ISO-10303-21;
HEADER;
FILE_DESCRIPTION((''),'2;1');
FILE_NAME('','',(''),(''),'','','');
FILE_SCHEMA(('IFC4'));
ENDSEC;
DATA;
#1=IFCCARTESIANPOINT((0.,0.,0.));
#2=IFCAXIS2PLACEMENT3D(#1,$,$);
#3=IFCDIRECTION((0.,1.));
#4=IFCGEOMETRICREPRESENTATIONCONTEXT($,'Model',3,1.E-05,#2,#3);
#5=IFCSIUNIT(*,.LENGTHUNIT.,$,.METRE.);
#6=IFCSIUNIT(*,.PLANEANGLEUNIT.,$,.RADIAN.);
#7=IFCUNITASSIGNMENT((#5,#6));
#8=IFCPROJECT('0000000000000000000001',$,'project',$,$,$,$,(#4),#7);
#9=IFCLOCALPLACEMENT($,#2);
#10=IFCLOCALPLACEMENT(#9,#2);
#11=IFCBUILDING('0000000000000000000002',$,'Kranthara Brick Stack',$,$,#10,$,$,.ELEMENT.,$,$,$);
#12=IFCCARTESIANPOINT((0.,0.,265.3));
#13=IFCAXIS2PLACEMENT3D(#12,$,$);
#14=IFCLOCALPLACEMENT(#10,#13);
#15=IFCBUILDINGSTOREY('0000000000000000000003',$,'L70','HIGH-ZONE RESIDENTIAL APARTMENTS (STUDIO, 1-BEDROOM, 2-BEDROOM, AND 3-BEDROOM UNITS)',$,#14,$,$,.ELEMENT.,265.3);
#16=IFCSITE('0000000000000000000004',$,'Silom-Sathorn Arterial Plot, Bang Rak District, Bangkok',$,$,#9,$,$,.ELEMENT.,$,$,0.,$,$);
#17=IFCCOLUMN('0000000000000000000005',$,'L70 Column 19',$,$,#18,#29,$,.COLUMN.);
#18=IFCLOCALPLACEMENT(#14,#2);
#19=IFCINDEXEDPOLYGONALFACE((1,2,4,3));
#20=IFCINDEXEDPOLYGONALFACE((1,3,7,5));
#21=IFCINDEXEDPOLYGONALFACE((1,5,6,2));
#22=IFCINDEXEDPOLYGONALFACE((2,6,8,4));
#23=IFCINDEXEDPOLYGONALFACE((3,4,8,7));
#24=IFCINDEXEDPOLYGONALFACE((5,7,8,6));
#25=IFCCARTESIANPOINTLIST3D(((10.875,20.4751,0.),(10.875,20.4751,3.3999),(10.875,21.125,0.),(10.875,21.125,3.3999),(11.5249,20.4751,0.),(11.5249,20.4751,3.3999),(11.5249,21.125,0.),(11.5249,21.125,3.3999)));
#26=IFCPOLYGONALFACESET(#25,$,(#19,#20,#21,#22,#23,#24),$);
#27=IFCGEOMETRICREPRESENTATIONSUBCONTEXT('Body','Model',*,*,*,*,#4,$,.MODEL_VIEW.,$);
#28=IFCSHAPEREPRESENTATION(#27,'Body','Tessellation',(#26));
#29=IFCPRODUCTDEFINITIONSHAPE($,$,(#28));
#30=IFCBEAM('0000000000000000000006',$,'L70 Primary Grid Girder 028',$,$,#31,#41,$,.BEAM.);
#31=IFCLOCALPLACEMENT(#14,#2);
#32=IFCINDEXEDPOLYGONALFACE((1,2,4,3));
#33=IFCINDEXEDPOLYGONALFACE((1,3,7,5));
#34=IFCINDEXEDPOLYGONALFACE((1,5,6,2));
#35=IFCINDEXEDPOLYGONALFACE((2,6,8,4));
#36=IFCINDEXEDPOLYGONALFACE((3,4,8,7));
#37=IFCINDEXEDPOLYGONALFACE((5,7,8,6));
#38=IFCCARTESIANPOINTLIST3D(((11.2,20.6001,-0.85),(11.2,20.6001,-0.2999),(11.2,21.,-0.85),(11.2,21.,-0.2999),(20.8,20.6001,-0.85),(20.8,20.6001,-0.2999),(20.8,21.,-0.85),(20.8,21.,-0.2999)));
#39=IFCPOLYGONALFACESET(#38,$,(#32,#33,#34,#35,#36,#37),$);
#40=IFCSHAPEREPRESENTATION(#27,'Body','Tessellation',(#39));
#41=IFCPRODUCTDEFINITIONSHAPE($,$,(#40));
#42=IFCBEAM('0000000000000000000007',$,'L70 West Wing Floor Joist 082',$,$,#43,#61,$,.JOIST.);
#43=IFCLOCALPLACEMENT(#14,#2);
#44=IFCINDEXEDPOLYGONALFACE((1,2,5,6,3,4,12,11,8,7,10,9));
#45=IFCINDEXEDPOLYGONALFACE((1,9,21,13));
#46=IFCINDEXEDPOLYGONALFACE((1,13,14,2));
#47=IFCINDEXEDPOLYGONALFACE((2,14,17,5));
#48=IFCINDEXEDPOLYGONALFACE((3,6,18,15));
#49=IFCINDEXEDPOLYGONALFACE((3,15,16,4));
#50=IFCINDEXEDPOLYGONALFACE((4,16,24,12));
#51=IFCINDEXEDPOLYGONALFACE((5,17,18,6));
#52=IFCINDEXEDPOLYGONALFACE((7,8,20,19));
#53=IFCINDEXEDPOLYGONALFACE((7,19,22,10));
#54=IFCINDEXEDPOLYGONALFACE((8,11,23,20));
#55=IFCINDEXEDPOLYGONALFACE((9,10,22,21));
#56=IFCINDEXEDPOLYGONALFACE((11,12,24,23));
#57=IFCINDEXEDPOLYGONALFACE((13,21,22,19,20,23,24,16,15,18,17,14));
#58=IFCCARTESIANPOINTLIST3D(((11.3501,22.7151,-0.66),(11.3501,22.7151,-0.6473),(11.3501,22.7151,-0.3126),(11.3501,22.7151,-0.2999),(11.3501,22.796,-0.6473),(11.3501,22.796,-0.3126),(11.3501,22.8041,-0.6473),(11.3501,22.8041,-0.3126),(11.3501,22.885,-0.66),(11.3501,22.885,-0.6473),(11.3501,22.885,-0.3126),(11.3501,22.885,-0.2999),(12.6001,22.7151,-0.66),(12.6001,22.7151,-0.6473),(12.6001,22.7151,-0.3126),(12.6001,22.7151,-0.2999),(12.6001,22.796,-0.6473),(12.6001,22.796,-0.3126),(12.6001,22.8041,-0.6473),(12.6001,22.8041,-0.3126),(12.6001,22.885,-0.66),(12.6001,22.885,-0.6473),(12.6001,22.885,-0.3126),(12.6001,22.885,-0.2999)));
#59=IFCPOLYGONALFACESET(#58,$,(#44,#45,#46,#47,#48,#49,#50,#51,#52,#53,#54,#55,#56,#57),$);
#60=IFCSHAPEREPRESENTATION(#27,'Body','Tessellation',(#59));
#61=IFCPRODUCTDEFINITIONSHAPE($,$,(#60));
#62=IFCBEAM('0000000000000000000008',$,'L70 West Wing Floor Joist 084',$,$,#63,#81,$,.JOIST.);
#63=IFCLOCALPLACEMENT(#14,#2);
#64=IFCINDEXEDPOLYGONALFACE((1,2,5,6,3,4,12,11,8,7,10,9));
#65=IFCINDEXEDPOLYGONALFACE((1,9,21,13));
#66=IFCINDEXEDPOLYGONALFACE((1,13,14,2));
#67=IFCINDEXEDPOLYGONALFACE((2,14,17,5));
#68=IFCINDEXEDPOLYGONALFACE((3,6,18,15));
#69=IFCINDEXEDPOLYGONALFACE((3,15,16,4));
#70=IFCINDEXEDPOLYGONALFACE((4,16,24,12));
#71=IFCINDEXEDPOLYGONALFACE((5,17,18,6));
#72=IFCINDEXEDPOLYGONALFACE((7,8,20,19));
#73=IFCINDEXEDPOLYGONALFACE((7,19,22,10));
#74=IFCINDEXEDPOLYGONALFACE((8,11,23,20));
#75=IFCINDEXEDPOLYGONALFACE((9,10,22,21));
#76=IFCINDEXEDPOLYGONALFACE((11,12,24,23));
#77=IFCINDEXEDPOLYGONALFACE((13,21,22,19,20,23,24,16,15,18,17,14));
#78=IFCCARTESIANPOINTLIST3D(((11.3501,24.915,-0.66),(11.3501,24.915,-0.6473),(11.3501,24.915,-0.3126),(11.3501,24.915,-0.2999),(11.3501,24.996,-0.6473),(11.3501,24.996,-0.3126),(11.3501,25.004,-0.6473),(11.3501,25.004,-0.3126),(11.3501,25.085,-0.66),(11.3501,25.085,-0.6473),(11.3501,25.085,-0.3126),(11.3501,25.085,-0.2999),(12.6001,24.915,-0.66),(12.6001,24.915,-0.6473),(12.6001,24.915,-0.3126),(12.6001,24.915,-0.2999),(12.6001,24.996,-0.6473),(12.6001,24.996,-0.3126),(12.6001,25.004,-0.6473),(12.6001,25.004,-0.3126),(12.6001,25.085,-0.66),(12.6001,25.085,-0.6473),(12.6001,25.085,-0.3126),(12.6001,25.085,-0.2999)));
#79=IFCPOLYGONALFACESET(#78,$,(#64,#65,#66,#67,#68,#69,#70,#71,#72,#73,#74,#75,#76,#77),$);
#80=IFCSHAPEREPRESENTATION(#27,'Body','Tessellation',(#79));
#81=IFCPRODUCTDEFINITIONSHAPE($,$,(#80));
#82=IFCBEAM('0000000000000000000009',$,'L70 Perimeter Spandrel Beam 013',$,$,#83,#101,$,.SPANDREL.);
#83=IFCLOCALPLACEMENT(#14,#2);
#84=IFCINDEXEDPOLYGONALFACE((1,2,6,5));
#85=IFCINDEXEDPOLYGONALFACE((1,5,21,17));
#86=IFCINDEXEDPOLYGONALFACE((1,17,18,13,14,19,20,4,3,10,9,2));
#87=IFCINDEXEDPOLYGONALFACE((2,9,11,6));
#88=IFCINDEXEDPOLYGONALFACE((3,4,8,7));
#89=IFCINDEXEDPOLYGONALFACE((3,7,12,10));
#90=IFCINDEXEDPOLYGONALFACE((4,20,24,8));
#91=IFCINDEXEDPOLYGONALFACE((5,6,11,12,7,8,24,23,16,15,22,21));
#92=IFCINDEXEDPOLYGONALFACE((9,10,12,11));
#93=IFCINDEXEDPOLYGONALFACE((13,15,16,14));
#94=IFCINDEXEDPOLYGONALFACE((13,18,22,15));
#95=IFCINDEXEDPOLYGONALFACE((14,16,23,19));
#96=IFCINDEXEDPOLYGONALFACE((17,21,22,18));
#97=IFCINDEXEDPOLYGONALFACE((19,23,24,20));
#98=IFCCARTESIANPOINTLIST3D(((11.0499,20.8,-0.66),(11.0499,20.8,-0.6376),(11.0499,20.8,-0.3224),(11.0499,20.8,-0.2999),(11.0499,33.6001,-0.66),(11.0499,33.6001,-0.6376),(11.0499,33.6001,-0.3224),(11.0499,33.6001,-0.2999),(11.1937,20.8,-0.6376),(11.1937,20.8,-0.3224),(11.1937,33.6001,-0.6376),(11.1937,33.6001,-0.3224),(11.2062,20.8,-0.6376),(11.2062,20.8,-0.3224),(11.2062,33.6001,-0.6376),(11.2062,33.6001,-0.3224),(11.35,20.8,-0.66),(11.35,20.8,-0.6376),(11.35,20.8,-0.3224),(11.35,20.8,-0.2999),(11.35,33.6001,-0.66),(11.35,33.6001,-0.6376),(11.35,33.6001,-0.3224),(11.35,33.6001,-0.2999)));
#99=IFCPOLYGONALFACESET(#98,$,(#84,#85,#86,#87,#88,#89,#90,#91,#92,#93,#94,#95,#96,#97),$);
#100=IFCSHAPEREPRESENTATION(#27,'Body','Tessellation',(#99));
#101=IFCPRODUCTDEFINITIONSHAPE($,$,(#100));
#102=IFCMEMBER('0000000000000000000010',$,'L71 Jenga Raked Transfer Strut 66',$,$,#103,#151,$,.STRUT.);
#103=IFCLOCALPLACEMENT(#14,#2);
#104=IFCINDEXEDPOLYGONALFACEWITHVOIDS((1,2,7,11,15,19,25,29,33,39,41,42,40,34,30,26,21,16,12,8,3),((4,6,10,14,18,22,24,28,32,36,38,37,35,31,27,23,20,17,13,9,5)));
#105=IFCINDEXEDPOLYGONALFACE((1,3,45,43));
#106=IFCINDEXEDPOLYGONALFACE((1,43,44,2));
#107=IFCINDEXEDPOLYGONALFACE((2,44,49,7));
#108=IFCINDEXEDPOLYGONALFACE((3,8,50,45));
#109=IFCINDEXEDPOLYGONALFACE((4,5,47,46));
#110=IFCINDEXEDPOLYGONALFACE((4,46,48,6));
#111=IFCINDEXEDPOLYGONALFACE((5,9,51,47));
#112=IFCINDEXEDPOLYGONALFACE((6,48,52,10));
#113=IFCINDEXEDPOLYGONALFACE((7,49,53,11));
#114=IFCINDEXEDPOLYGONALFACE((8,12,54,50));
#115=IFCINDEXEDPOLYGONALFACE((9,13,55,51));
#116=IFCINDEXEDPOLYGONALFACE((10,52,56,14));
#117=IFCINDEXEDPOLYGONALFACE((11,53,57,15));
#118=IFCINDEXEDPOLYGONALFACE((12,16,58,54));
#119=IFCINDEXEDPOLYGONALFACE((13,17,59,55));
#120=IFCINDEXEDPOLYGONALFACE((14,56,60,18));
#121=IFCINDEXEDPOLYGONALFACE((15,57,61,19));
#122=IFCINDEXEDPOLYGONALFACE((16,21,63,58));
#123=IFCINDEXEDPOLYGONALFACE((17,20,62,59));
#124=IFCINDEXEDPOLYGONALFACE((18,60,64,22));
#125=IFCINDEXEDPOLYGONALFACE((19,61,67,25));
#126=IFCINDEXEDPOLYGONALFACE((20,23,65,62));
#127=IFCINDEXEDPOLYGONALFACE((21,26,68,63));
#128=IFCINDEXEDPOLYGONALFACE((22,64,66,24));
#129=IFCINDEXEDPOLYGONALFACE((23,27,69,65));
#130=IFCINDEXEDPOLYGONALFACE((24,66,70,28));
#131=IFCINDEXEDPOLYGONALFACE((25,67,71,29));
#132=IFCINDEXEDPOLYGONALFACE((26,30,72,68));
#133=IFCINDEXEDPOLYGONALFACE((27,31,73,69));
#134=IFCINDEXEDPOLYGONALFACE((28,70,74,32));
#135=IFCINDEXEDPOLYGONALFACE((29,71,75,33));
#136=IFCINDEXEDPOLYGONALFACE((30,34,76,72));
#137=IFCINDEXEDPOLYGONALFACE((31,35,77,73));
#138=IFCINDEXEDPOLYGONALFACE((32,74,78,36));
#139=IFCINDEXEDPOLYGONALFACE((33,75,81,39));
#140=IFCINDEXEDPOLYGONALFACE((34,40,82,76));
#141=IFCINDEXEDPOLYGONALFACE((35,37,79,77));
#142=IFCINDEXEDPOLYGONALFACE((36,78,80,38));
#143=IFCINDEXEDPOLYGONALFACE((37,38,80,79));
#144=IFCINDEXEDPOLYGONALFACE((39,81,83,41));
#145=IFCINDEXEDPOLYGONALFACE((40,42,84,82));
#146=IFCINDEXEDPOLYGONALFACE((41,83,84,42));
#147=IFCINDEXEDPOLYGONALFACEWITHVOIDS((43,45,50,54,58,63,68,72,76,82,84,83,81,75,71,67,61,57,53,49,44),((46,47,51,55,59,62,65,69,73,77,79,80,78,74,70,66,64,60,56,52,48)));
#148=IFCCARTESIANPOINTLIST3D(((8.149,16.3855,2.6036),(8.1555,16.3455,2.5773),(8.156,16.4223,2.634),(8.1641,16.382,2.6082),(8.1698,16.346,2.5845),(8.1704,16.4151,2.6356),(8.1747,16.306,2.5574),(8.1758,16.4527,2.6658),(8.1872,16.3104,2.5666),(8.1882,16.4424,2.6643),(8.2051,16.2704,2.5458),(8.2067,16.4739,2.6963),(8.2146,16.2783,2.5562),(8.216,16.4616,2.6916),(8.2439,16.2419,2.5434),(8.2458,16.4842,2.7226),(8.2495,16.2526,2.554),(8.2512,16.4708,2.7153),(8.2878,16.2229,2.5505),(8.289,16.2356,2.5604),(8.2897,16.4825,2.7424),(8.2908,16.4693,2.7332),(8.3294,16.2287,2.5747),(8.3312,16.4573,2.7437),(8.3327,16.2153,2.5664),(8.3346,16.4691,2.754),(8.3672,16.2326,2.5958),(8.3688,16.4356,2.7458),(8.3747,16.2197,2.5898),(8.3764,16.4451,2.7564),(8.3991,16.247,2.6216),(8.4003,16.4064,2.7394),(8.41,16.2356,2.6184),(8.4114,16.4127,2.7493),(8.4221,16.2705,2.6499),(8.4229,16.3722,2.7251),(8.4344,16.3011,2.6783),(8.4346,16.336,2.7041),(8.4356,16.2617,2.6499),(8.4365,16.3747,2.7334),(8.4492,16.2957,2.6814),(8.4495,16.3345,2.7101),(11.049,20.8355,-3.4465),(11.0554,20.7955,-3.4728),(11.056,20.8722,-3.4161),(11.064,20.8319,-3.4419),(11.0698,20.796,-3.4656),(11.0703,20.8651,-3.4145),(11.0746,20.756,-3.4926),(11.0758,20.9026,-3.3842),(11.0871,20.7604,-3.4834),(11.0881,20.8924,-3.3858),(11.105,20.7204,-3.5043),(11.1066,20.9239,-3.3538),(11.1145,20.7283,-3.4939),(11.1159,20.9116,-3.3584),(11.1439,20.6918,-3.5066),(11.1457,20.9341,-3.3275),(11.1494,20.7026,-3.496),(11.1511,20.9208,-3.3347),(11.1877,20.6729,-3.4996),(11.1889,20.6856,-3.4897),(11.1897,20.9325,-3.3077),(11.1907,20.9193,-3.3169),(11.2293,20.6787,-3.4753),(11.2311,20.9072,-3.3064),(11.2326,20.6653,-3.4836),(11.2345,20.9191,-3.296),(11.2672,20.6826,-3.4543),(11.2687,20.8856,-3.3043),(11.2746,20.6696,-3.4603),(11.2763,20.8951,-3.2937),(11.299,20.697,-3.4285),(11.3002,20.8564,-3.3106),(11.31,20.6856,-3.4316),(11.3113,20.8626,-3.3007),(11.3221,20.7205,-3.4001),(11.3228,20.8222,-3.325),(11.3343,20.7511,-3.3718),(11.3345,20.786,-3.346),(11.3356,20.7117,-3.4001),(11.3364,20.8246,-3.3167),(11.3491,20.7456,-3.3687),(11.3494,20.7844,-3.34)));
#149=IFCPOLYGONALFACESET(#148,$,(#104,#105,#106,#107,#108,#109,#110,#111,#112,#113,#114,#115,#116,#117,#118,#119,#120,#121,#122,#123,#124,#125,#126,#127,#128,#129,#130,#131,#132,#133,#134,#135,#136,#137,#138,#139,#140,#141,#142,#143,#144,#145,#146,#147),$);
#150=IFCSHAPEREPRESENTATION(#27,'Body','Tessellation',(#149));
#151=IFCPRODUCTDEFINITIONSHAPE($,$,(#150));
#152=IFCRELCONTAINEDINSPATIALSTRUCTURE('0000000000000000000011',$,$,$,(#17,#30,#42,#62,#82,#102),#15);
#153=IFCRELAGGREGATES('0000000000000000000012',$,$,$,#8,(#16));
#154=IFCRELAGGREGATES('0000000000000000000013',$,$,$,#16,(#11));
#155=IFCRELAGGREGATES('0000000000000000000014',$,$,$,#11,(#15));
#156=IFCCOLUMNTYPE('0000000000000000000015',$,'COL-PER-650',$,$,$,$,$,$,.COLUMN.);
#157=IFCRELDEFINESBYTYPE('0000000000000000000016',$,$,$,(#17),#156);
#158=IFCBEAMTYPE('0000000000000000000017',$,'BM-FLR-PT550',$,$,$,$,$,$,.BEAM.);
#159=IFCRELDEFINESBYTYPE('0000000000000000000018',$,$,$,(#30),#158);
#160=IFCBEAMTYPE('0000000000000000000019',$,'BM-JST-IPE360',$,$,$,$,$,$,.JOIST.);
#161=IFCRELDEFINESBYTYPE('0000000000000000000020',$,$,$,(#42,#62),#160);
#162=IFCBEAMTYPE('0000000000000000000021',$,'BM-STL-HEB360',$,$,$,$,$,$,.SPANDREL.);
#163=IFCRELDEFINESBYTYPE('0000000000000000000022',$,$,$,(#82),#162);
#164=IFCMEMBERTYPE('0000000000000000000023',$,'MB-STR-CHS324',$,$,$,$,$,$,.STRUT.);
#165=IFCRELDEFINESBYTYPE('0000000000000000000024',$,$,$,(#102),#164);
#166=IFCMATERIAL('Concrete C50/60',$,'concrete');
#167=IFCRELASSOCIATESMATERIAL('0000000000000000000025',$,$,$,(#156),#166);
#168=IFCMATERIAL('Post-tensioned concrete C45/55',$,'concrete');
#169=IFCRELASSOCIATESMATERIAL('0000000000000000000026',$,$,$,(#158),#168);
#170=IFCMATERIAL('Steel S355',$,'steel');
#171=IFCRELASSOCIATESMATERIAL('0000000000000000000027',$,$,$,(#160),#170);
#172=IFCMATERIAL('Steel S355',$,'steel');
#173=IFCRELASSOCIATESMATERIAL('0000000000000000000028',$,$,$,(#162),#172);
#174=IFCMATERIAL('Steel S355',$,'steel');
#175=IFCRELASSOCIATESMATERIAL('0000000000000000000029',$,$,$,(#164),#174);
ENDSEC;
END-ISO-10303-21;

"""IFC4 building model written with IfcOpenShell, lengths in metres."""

from ifc_helpers import new_model, si_unit, direction, frame, origin, origin_2d, place, context, subcontext, project, spatial, rectangle, hollow_circle, i_section, extrude, material, material_profile, profile_set, type_object, element, save


model = new_model("IFC4")

# Units and contexts
model_context = context("Model", 3, precision=1e-05, world=origin(), true_north=direction((0.0, 1.0)))
body_context = subcontext(model_context, "Body", "Model", "MODEL_VIEW")
ifc_project = project(units=[si_unit("LENGTHUNIT", "METRE"), si_unit("PLANEANGLEUNIT", "RADIAN")], contexts=[model_context])

# Site, building, storey
site_placement = place(None, origin())
site = spatial("IfcSite", under=ifc_project, at=site_placement, Name="Silom-Sathorn Arterial Plot, Bang Rak District, Bangkok", CompositionType="ELEMENT", RefElevation=0.0)
building_placement = place(site_placement, origin())
building = spatial("IfcBuilding", under=site, at=building_placement, Name="Kranthara Brick Stack", CompositionType="ELEMENT")
storey_placement = place(building_placement, frame((0.0, 0.0, 265.3)))
storey = spatial("IfcBuildingStorey", under=building, at=storey_placement, Name="L70", Description="HIGH-ZONE RESIDENTIAL APARTMENTS (STUDIO, 1-BEDROOM, 2-BEDROOM, AND 3-BEDROOM UNITS)", CompositionType="ELEMENT", Elevation=265.3)

# Column
ifc_material_1 = material(Name="Concrete C50/60", Category="concrete")
ifc_material_profile_1 = material_profile(ifc_material_1, rectangle(XDim=0.6499, YDim=0.6499, at=origin_2d()), Name="RC 650x650")
ifc_profile_set_1 = profile_set([ifc_material_profile_1], Name="Concrete C50/60")
column_type = type_object("IfcColumnType", Name="COL-PER-650", PredefinedType="COLUMN", material=ifc_profile_set_1)
column_placement = place(storey_placement, frame((11.2, 20.8, 0.0), z_axis=(0.0, 0.0, 1.0), x_axis=(1.0, 0.0, 0.0)))
element("IfcColumn", 1, at=column_placement, inside=storey, type_object=column_type, Name="L70 Column 19", PredefinedType="COLUMN", context=body_context, shape_type="SweptSolid", body=[
    extrude(rectangle(XDim=0.6499, YDim=0.6499, at=origin_2d()), origin(), (0.0, 0.0, 1.0), 3.3999),
])

# Beams
ifc_material_2 = material(Name="Post-tensioned concrete C45/55", Category="concrete")
ifc_material_profile_2 = material_profile(ifc_material_2, rectangle(XDim=0.3999, YDim=0.55, at=origin_2d()), Name="PT 400x550")
ifc_profile_set_2 = profile_set([ifc_material_profile_2], Name="Post-tensioned concrete C45/55")
beam_type_1 = type_object("IfcBeamType", Name="BM-FLR-PT550", PredefinedType="BEAM", material=ifc_profile_set_2)
beam_1_placement = place(storey_placement, frame((11.2, 20.8, -0.575), z_axis=(1.0, 0.0, 0.0), x_axis=(0.0, 1.0, 0.0)))
element("IfcBeam", 2, at=beam_1_placement, inside=storey, type_object=beam_type_1, Name="L70 Primary Grid Girder 028", PredefinedType="BEAM", context=body_context, shape_type="SweptSolid", body=[
    extrude(rectangle(XDim=0.3999, YDim=0.55, at=origin_2d()), origin(), (0.0, 0.0, 1.0), 9.6001),
])
ifc_material_3 = material(Name="Steel S355", Category="steel")
ifc_material_profile_3 = material_profile(ifc_material_3, i_section(OverallWidth=0.1699, OverallDepth=0.3601, WebThickness=0.0081, FlangeThickness=0.0127, at=origin_2d()), Name="IPE 360")
ifc_profile_set_3 = profile_set([ifc_material_profile_3], Name="Steel S355")
beam_type_2 = type_object("IfcBeamType", Name="BM-JST-IPE360", PredefinedType="JOIST", material=ifc_profile_set_3)
for number, where, z_axis, x_axis, name in (
    (3, (11.3501, 22.8, -0.48), (1.0, 0.0, 0.0), (0.0, 1.0, 0.0), "L70 West Wing Floor Joist 082"),
    (4, (11.3501, 25.0, -0.48), (1.0, 0.0, 0.0), (0.0, 1.0, 0.0), "L70 West Wing Floor Joist 084"),
):
    element("IfcBeam", number, at=place(storey_placement, frame(where, z_axis=z_axis, x_axis=x_axis)), inside=storey, type_object=beam_type_2, Name=name, PredefinedType="JOIST", context=body_context, shape_type="SweptSolid", body=[
        extrude(i_section(OverallWidth=0.1699, OverallDepth=0.3601, WebThickness=0.0081, FlangeThickness=0.0127, at=origin_2d()), origin(), (0.0, 0.0, 1.0), 1.25),
    ])
ifc_material_4 = material(Name="Steel S355", Category="steel")
ifc_material_profile_4 = material_profile(ifc_material_4, i_section(OverallWidth=0.3, OverallDepth=0.3601, WebThickness=0.0125, FlangeThickness=0.0225, at=origin_2d()), Name="HEB 360")
ifc_profile_set_4 = profile_set([ifc_material_profile_4], Name="Steel S355")
beam_type_3 = type_object("IfcBeamType", Name="BM-STL-HEB360", PredefinedType="SPANDREL", material=ifc_profile_set_4)
beam_2_placement = place(storey_placement, frame((11.2, 20.8, -0.48), z_axis=(0.0, 1.0, 0.0), x_axis=(-1.0, 0.0, 0.0)))
element("IfcBeam", 5, at=beam_2_placement, inside=storey, type_object=beam_type_3, Name="L70 Perimeter Spandrel Beam 013", PredefinedType="SPANDREL", context=body_context, shape_type="SweptSolid", body=[
    extrude(i_section(OverallWidth=0.3, OverallDepth=0.3601, WebThickness=0.0125, FlangeThickness=0.0225, at=origin_2d()), origin(), (0.0, 0.0, 1.0), 12.8),
])

# Member
ifc_material_5 = material(Name="Steel S355", Category="steel")
ifc_material_profile_5 = material_profile(ifc_material_5, hollow_circle(Radius=0.1619, WallThickness=0.0161, at=origin_2d()), Name="CHS 323.9x16")
ifc_profile_set_5 = profile_set([ifc_material_profile_5], Name="Steel S355")
member_type = type_object("IfcMemberType", Name="MB-STR-CHS324", PredefinedType="STRUT", material=ifc_profile_set_5)
member_1_placement = place(storey_placement, frame((11.2, 20.8, -3.4001), z_axis=(-0.360203, -0.552737, 0.751489), x_axis=(0.837803, -0.545972, 0.0)))
element("IfcMember", 6, at=member_1_placement, inside=storey, type_object=member_type, Name="L71 Jenga Raked Transfer Strut 66", PredefinedType="STRUT", context=body_context, shape_type="SweptSolid", body=[
    extrude(hollow_circle(Radius=0.1619, WallThickness=0.0161, at=origin_2d()), origin(), (0.0, 0.0, 1.0), 8.0508),
])

save(model, "model.ifc")
